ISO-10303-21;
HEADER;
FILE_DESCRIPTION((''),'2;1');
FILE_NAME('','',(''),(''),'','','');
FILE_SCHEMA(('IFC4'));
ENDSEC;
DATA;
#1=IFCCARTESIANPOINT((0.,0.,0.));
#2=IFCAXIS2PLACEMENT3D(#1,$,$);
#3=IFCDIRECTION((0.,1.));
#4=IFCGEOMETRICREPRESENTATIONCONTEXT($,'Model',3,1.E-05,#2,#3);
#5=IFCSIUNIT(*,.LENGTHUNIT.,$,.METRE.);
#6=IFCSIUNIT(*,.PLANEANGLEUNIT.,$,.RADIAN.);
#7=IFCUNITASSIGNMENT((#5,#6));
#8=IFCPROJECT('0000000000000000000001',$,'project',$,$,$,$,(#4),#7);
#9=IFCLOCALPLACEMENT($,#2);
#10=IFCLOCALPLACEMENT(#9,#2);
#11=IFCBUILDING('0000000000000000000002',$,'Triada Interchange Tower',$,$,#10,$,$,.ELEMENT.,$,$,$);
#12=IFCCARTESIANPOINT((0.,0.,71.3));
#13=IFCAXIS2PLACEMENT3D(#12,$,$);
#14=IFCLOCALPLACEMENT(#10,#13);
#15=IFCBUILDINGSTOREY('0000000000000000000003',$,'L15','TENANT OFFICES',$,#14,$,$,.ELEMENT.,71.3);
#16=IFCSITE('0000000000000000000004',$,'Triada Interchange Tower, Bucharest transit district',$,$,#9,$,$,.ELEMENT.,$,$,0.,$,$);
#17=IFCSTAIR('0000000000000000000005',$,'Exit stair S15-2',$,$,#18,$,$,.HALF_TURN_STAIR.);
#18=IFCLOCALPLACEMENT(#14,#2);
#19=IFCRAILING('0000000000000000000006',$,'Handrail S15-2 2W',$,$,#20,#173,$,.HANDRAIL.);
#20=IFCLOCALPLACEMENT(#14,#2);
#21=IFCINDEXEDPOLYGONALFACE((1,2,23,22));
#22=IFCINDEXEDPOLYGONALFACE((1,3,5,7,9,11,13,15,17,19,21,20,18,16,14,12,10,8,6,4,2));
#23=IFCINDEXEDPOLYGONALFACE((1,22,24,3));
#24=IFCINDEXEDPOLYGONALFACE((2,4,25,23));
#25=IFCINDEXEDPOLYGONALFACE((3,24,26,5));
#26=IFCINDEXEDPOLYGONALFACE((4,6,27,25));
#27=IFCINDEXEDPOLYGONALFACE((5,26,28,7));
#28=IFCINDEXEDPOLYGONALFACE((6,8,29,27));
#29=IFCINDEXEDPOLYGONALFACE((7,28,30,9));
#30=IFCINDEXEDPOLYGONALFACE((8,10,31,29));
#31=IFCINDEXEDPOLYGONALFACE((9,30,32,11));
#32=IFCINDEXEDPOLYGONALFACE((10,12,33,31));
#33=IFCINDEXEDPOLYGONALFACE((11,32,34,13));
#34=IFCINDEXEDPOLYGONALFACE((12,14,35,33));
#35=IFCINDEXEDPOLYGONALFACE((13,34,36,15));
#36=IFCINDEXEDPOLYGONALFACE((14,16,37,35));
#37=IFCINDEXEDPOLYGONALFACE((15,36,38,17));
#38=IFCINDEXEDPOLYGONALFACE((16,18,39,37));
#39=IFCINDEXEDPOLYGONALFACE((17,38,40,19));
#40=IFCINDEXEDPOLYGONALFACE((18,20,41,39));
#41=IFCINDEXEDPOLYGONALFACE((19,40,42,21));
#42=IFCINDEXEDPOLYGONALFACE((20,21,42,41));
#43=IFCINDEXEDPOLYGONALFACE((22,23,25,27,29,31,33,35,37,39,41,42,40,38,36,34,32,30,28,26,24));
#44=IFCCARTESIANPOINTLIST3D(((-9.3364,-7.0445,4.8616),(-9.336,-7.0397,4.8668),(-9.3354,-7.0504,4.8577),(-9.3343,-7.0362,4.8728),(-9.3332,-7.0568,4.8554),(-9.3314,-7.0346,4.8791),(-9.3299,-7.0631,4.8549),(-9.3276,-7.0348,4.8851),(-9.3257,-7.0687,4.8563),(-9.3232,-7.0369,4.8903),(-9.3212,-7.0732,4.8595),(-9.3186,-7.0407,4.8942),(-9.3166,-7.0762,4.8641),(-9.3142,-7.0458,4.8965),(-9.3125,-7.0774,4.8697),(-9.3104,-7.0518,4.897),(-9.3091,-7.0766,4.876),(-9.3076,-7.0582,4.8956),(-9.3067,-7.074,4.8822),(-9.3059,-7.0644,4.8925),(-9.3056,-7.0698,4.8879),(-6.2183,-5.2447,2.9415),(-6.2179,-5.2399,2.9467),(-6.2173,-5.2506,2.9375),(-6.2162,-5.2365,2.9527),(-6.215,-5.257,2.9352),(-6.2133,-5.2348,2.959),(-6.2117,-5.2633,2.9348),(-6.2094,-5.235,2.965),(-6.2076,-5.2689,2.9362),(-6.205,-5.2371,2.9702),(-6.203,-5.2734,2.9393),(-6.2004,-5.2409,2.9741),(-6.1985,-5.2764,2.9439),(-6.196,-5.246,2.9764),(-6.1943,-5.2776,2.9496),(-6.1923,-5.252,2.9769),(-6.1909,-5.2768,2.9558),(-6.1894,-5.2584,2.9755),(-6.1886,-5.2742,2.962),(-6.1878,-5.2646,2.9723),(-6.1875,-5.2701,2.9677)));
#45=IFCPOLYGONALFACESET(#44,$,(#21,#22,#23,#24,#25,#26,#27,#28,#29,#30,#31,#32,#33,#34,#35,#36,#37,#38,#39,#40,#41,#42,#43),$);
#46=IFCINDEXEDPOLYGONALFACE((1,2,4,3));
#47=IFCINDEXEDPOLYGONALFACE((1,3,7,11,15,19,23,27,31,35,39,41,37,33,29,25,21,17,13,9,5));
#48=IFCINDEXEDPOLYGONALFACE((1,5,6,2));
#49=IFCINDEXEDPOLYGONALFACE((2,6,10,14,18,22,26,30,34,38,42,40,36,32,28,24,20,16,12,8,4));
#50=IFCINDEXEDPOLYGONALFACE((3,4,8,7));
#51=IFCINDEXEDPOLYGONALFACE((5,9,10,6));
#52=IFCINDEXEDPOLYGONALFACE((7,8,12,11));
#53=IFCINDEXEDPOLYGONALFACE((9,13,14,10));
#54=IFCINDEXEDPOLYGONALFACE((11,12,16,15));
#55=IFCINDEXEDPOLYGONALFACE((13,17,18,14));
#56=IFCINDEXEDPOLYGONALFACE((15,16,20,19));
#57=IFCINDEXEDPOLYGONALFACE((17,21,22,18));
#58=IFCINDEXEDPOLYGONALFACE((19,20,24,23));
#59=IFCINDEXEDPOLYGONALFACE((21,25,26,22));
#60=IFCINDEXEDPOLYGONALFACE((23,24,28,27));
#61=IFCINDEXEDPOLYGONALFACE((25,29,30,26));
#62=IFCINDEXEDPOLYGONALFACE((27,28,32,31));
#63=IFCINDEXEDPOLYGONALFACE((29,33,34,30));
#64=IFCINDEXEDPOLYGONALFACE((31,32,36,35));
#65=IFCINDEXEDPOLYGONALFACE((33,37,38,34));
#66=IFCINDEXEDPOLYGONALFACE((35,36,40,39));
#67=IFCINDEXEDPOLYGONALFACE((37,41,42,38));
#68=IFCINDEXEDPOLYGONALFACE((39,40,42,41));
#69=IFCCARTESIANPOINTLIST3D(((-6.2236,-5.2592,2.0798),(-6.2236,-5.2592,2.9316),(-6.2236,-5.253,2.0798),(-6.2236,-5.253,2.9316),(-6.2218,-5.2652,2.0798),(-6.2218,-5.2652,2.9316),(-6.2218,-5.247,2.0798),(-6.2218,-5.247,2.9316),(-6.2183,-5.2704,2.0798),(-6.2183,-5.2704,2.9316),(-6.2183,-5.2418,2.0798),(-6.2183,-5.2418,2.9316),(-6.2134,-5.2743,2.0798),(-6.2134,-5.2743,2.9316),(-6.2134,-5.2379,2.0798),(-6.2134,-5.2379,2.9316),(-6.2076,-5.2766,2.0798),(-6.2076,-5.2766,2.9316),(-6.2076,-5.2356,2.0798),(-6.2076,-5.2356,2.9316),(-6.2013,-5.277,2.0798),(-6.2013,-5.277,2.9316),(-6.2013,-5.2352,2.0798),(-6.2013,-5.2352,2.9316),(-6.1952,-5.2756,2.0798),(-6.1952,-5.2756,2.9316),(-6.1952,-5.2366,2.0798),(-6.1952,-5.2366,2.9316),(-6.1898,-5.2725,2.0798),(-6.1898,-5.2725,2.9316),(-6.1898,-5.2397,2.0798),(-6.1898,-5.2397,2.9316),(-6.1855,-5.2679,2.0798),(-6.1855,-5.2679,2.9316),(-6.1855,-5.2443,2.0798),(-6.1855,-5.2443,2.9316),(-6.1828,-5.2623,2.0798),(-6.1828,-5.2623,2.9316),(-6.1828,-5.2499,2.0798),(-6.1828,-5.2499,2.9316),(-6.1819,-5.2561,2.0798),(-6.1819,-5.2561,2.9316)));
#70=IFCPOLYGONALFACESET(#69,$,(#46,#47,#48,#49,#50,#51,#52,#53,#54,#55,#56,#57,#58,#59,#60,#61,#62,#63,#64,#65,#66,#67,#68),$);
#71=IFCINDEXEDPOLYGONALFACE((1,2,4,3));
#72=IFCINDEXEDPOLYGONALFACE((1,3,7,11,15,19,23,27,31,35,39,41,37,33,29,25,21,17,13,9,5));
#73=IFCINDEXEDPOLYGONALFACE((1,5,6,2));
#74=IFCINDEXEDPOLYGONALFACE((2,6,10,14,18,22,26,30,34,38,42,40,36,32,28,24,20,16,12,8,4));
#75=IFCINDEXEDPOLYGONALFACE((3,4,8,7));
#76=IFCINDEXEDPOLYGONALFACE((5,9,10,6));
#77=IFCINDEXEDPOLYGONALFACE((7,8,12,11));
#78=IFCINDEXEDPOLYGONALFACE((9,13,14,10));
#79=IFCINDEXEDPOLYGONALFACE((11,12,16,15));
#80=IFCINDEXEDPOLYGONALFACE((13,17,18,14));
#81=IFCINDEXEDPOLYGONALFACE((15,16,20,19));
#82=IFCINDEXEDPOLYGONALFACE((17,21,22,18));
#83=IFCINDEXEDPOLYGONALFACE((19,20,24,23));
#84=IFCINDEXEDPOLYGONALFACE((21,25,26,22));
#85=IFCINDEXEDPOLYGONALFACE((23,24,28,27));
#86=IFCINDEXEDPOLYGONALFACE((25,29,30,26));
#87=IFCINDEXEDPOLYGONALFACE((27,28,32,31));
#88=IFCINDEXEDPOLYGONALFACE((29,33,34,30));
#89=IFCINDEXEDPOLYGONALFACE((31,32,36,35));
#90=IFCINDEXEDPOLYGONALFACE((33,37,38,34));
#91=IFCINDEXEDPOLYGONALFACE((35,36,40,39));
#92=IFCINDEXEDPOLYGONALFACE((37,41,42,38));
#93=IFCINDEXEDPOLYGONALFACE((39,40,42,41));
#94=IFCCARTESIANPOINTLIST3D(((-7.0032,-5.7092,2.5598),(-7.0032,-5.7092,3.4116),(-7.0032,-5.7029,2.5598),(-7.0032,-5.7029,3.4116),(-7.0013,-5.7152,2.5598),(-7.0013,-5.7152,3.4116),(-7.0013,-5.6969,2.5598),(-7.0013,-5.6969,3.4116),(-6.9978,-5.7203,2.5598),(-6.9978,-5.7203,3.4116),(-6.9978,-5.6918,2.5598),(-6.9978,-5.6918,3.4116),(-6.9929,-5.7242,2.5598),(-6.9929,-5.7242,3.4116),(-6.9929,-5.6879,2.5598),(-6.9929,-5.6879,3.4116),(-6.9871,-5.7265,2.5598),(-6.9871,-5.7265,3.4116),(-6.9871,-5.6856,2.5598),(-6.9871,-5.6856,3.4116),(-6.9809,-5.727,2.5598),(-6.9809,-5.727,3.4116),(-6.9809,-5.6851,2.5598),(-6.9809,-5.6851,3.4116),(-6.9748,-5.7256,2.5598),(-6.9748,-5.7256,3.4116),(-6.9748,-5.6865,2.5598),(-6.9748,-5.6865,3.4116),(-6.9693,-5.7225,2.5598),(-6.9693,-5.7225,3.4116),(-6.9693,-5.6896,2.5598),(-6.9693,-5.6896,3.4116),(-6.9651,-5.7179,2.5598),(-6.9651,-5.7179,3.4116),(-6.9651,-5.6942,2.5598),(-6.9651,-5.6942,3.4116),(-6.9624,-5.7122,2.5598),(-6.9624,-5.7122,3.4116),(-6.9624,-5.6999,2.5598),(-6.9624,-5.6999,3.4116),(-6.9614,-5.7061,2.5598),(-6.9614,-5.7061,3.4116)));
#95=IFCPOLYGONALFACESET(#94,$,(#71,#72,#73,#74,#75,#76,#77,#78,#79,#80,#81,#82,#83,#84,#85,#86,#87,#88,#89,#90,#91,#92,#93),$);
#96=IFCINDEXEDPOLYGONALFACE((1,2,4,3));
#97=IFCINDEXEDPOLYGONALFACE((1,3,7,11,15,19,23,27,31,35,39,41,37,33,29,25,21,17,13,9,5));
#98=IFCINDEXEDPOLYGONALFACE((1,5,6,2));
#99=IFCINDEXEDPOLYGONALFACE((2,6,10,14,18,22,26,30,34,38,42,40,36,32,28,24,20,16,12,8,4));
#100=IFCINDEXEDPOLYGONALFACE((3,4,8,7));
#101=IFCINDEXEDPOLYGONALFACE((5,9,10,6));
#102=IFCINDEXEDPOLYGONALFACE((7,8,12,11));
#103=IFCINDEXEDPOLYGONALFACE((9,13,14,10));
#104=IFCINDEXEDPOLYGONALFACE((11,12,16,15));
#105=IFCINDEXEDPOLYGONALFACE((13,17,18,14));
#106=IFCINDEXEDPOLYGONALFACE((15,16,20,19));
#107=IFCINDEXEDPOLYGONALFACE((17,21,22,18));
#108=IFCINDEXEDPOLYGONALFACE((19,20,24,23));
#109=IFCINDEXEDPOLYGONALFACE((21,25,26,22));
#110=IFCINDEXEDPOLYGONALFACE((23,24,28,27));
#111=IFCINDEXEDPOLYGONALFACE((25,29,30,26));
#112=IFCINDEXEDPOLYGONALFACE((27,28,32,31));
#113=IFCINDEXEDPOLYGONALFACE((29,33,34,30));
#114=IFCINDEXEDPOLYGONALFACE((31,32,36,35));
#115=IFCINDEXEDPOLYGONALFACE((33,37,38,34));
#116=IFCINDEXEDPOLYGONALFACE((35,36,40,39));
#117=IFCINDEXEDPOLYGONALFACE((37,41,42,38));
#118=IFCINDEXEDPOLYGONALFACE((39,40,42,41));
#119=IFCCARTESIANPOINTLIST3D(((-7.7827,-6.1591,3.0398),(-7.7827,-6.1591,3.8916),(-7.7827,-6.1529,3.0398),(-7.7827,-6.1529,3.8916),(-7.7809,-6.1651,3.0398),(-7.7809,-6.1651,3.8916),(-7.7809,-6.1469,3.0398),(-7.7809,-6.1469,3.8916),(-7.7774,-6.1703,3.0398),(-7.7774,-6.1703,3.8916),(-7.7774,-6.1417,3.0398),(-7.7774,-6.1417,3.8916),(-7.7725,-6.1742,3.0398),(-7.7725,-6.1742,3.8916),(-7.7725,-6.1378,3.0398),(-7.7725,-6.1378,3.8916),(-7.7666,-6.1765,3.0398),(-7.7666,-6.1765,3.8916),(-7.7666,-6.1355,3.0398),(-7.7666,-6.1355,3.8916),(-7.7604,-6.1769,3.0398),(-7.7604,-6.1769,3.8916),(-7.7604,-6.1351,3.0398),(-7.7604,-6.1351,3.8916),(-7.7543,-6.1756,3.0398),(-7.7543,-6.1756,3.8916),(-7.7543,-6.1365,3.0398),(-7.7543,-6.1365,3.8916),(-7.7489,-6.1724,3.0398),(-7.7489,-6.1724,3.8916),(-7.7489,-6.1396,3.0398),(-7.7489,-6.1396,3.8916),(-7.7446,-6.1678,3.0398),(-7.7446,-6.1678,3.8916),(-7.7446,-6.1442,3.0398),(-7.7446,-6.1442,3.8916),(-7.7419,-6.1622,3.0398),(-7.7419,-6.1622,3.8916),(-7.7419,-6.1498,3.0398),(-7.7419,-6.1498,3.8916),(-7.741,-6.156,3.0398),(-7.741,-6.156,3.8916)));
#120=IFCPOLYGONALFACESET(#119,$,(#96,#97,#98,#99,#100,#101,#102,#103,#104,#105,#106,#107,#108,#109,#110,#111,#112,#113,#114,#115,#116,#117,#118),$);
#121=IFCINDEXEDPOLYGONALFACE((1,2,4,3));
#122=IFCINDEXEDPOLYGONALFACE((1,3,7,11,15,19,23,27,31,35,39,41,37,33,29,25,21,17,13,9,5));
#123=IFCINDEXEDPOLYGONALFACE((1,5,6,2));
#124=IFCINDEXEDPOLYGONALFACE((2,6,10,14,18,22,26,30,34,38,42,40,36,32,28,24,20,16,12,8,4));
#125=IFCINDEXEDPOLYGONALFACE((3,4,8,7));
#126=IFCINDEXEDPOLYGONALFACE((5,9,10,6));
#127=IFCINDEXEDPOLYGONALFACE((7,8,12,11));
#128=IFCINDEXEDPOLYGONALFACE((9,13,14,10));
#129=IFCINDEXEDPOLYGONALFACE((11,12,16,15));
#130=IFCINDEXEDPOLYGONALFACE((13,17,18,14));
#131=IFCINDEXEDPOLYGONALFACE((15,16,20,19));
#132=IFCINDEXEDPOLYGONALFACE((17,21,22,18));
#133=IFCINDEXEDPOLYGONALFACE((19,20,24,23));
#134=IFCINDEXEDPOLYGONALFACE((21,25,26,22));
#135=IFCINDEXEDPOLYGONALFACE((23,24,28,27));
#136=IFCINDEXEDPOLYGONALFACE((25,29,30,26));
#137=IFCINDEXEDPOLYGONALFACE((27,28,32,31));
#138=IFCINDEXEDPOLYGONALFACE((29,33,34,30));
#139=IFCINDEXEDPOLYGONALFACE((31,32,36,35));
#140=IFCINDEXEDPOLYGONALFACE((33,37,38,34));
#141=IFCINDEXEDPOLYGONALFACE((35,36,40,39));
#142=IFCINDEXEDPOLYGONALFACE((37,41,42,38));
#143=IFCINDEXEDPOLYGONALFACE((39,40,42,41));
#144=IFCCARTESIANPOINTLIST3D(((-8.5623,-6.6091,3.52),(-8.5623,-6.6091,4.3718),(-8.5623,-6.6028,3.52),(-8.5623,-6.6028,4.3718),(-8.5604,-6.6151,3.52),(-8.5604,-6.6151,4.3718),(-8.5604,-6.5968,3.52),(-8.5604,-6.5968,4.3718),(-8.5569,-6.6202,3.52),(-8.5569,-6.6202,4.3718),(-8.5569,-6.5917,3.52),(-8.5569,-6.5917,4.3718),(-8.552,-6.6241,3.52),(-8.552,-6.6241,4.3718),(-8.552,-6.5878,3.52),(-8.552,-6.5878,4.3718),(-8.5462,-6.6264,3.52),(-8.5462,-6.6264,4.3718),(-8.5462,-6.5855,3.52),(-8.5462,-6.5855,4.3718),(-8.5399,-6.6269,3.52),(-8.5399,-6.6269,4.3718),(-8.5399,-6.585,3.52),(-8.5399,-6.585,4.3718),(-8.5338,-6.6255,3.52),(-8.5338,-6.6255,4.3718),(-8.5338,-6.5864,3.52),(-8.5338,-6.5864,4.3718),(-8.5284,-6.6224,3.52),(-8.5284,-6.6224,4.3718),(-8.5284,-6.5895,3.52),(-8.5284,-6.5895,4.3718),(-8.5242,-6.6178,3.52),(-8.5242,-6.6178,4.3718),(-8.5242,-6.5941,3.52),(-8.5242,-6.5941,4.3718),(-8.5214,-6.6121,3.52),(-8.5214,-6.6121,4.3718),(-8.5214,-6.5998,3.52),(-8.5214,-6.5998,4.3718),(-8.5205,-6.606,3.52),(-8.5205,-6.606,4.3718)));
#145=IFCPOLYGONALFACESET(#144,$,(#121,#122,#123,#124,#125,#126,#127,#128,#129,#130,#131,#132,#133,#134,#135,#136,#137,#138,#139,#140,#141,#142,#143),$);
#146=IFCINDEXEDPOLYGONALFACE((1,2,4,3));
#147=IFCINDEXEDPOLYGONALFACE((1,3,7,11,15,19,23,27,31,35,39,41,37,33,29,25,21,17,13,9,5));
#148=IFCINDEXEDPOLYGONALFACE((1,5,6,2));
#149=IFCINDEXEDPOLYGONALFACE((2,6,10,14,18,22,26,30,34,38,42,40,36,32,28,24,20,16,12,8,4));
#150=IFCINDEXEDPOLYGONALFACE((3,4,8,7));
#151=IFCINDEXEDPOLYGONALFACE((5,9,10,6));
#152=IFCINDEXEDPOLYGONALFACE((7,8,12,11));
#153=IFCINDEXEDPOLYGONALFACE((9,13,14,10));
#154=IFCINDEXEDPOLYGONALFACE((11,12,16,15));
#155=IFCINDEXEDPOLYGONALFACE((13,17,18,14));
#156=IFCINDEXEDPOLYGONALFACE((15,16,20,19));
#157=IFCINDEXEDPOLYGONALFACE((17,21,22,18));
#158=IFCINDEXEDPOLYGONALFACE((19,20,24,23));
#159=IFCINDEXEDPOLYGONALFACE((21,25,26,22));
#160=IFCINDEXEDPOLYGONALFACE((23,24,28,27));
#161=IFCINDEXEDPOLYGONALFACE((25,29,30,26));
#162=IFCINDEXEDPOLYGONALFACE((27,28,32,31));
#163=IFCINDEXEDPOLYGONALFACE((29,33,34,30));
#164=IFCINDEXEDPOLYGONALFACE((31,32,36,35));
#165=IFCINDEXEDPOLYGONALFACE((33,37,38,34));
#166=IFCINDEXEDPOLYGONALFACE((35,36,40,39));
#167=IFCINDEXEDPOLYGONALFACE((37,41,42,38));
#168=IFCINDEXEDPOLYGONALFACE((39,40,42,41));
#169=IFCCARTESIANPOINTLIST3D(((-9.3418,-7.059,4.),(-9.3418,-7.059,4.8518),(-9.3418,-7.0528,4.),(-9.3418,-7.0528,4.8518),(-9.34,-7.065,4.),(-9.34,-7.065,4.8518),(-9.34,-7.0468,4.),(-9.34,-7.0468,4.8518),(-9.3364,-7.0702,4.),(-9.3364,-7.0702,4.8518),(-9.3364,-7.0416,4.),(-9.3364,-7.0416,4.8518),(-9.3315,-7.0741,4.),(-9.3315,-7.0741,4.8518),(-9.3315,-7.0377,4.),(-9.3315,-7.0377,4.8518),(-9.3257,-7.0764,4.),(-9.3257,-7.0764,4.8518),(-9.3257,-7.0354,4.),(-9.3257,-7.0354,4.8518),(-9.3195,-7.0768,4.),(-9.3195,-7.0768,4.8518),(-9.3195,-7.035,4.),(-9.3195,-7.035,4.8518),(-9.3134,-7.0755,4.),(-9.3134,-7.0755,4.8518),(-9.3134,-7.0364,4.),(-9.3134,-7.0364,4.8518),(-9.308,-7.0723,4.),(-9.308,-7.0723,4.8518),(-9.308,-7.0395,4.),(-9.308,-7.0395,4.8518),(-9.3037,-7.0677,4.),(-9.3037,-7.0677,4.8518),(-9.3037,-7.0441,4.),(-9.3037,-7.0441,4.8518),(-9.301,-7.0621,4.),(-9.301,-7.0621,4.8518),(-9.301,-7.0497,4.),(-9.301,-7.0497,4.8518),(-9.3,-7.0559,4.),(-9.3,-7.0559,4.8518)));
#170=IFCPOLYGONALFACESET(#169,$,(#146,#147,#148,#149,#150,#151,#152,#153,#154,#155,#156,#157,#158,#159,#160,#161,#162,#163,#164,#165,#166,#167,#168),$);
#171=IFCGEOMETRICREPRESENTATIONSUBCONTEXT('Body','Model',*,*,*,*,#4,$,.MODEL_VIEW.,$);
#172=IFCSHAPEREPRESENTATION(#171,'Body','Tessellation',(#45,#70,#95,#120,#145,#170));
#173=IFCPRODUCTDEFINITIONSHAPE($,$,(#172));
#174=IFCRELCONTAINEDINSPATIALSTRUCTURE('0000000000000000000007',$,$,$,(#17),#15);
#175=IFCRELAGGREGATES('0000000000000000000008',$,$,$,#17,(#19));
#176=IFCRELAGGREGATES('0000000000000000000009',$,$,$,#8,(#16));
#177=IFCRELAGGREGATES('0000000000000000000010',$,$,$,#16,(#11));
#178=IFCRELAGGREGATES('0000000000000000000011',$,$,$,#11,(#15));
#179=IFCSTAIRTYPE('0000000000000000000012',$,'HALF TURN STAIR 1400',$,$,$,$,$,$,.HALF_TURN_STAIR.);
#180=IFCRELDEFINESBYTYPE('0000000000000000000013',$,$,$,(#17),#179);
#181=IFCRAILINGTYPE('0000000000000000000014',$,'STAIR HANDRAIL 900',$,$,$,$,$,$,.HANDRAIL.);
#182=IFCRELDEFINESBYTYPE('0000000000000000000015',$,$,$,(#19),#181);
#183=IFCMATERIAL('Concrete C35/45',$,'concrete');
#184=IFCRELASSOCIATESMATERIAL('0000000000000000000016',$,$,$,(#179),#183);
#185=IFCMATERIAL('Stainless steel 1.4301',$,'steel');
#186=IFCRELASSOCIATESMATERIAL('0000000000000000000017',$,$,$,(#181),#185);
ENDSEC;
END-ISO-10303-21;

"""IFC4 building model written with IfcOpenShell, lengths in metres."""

from ifc_helpers import new_model, si_unit, direction, frame, origin, origin_2d, place, context, subcontext, project, spatial, circle, extrude, material, type_object, element, aggregate, save


model = new_model("IFC4")

# Units and contexts
model_context = context("Model", 3, precision=1e-05, world=origin(), true_north=direction((0.0, 1.0)))
body_context = subcontext(model_context, "Body", "Model", "MODEL_VIEW")
ifc_project = project(units=[si_unit("LENGTHUNIT", "METRE"), si_unit("PLANEANGLEUNIT", "RADIAN")], contexts=[model_context])

# Site, building, storey
site_placement = place(None, origin())
site = spatial("IfcSite", under=ifc_project, at=site_placement, Name="Triada Interchange Tower, Bucharest transit district", CompositionType="ELEMENT", RefElevation=0.0)
building_placement = place(site_placement, origin())
building = spatial("IfcBuilding", under=site, at=building_placement, Name="Triada Interchange Tower", CompositionType="ELEMENT")
storey_placement = place(building_placement, frame((0.0, 0.0, 71.3)))
storey = spatial("IfcBuildingStorey", under=building, at=storey_placement, Name="L15", Description="TENANT OFFICES", CompositionType="ELEMENT", Elevation=71.3)

# Stair, railing
ifc_material_1 = material(Name="Concrete C35/45", Category="concrete")
stair_type = type_object("IfcStairType", Name="HALF TURN STAIR 1400", PredefinedType="HALF_TURN_STAIR", material=ifc_material_1)
stair_placement = place(storey_placement, origin())
stair = element("IfcStair", 1, at=stair_placement, inside=storey, type_object=stair_type, Name="Exit stair S15-2", PredefinedType="HALF_TURN_STAIR")
ifc_material_2 = material(Name="Stainless steel 1.4301", Category="steel")
railing_type = type_object("IfcRailingType", Name="STAIR HANDRAIL 900", PredefinedType="HANDRAIL", material=ifc_material_2)
railing_1_placement = place(storey_placement, frame((-6.2029, -5.2561, 2.0798)))
railing_1 = element("IfcRailing", 2, at=railing_1_placement, type_object=railing_type, Name="Handrail S15-2 2W", PredefinedType="HANDRAIL", context=body_context, shape_type="SweptSolid", body=[
    extrude(circle(Radius=0.0239, at=origin_2d()), frame((0.0, 0.0, 0.876), z_axis=(-0.76419, -0.44109, 0.470588), x_axis=(0.499902, -0.866082, 0.0)), (0.0, 0.0, 1.0), 4.0803),
    extrude(circle(Radius=0.021, at=origin_2d()), origin(), (0.0, 0.0, 1.0), 0.8518),
    extrude(circle(Radius=0.021, at=origin_2d()), frame((-0.7795, -0.45, 0.48)), (0.0, 0.0, 1.0), 0.8518),
    extrude(circle(Radius=0.021, at=origin_2d()), frame((-1.5591, -0.8999, 0.96)), (0.0, 0.0, 1.0), 0.8518),
    extrude(circle(Radius=0.021, at=origin_2d()), frame((-2.3386, -1.3499, 1.4402)), (0.0, 0.0, 1.0), 0.8518),
    extrude(circle(Radius=0.021, at=origin_2d()), frame((-3.1182, -1.7998, 1.9202)), (0.0, 0.0, 1.0), 0.8518),
])
aggregate(stair, [railing_1])

save(model, "model.ifc")
